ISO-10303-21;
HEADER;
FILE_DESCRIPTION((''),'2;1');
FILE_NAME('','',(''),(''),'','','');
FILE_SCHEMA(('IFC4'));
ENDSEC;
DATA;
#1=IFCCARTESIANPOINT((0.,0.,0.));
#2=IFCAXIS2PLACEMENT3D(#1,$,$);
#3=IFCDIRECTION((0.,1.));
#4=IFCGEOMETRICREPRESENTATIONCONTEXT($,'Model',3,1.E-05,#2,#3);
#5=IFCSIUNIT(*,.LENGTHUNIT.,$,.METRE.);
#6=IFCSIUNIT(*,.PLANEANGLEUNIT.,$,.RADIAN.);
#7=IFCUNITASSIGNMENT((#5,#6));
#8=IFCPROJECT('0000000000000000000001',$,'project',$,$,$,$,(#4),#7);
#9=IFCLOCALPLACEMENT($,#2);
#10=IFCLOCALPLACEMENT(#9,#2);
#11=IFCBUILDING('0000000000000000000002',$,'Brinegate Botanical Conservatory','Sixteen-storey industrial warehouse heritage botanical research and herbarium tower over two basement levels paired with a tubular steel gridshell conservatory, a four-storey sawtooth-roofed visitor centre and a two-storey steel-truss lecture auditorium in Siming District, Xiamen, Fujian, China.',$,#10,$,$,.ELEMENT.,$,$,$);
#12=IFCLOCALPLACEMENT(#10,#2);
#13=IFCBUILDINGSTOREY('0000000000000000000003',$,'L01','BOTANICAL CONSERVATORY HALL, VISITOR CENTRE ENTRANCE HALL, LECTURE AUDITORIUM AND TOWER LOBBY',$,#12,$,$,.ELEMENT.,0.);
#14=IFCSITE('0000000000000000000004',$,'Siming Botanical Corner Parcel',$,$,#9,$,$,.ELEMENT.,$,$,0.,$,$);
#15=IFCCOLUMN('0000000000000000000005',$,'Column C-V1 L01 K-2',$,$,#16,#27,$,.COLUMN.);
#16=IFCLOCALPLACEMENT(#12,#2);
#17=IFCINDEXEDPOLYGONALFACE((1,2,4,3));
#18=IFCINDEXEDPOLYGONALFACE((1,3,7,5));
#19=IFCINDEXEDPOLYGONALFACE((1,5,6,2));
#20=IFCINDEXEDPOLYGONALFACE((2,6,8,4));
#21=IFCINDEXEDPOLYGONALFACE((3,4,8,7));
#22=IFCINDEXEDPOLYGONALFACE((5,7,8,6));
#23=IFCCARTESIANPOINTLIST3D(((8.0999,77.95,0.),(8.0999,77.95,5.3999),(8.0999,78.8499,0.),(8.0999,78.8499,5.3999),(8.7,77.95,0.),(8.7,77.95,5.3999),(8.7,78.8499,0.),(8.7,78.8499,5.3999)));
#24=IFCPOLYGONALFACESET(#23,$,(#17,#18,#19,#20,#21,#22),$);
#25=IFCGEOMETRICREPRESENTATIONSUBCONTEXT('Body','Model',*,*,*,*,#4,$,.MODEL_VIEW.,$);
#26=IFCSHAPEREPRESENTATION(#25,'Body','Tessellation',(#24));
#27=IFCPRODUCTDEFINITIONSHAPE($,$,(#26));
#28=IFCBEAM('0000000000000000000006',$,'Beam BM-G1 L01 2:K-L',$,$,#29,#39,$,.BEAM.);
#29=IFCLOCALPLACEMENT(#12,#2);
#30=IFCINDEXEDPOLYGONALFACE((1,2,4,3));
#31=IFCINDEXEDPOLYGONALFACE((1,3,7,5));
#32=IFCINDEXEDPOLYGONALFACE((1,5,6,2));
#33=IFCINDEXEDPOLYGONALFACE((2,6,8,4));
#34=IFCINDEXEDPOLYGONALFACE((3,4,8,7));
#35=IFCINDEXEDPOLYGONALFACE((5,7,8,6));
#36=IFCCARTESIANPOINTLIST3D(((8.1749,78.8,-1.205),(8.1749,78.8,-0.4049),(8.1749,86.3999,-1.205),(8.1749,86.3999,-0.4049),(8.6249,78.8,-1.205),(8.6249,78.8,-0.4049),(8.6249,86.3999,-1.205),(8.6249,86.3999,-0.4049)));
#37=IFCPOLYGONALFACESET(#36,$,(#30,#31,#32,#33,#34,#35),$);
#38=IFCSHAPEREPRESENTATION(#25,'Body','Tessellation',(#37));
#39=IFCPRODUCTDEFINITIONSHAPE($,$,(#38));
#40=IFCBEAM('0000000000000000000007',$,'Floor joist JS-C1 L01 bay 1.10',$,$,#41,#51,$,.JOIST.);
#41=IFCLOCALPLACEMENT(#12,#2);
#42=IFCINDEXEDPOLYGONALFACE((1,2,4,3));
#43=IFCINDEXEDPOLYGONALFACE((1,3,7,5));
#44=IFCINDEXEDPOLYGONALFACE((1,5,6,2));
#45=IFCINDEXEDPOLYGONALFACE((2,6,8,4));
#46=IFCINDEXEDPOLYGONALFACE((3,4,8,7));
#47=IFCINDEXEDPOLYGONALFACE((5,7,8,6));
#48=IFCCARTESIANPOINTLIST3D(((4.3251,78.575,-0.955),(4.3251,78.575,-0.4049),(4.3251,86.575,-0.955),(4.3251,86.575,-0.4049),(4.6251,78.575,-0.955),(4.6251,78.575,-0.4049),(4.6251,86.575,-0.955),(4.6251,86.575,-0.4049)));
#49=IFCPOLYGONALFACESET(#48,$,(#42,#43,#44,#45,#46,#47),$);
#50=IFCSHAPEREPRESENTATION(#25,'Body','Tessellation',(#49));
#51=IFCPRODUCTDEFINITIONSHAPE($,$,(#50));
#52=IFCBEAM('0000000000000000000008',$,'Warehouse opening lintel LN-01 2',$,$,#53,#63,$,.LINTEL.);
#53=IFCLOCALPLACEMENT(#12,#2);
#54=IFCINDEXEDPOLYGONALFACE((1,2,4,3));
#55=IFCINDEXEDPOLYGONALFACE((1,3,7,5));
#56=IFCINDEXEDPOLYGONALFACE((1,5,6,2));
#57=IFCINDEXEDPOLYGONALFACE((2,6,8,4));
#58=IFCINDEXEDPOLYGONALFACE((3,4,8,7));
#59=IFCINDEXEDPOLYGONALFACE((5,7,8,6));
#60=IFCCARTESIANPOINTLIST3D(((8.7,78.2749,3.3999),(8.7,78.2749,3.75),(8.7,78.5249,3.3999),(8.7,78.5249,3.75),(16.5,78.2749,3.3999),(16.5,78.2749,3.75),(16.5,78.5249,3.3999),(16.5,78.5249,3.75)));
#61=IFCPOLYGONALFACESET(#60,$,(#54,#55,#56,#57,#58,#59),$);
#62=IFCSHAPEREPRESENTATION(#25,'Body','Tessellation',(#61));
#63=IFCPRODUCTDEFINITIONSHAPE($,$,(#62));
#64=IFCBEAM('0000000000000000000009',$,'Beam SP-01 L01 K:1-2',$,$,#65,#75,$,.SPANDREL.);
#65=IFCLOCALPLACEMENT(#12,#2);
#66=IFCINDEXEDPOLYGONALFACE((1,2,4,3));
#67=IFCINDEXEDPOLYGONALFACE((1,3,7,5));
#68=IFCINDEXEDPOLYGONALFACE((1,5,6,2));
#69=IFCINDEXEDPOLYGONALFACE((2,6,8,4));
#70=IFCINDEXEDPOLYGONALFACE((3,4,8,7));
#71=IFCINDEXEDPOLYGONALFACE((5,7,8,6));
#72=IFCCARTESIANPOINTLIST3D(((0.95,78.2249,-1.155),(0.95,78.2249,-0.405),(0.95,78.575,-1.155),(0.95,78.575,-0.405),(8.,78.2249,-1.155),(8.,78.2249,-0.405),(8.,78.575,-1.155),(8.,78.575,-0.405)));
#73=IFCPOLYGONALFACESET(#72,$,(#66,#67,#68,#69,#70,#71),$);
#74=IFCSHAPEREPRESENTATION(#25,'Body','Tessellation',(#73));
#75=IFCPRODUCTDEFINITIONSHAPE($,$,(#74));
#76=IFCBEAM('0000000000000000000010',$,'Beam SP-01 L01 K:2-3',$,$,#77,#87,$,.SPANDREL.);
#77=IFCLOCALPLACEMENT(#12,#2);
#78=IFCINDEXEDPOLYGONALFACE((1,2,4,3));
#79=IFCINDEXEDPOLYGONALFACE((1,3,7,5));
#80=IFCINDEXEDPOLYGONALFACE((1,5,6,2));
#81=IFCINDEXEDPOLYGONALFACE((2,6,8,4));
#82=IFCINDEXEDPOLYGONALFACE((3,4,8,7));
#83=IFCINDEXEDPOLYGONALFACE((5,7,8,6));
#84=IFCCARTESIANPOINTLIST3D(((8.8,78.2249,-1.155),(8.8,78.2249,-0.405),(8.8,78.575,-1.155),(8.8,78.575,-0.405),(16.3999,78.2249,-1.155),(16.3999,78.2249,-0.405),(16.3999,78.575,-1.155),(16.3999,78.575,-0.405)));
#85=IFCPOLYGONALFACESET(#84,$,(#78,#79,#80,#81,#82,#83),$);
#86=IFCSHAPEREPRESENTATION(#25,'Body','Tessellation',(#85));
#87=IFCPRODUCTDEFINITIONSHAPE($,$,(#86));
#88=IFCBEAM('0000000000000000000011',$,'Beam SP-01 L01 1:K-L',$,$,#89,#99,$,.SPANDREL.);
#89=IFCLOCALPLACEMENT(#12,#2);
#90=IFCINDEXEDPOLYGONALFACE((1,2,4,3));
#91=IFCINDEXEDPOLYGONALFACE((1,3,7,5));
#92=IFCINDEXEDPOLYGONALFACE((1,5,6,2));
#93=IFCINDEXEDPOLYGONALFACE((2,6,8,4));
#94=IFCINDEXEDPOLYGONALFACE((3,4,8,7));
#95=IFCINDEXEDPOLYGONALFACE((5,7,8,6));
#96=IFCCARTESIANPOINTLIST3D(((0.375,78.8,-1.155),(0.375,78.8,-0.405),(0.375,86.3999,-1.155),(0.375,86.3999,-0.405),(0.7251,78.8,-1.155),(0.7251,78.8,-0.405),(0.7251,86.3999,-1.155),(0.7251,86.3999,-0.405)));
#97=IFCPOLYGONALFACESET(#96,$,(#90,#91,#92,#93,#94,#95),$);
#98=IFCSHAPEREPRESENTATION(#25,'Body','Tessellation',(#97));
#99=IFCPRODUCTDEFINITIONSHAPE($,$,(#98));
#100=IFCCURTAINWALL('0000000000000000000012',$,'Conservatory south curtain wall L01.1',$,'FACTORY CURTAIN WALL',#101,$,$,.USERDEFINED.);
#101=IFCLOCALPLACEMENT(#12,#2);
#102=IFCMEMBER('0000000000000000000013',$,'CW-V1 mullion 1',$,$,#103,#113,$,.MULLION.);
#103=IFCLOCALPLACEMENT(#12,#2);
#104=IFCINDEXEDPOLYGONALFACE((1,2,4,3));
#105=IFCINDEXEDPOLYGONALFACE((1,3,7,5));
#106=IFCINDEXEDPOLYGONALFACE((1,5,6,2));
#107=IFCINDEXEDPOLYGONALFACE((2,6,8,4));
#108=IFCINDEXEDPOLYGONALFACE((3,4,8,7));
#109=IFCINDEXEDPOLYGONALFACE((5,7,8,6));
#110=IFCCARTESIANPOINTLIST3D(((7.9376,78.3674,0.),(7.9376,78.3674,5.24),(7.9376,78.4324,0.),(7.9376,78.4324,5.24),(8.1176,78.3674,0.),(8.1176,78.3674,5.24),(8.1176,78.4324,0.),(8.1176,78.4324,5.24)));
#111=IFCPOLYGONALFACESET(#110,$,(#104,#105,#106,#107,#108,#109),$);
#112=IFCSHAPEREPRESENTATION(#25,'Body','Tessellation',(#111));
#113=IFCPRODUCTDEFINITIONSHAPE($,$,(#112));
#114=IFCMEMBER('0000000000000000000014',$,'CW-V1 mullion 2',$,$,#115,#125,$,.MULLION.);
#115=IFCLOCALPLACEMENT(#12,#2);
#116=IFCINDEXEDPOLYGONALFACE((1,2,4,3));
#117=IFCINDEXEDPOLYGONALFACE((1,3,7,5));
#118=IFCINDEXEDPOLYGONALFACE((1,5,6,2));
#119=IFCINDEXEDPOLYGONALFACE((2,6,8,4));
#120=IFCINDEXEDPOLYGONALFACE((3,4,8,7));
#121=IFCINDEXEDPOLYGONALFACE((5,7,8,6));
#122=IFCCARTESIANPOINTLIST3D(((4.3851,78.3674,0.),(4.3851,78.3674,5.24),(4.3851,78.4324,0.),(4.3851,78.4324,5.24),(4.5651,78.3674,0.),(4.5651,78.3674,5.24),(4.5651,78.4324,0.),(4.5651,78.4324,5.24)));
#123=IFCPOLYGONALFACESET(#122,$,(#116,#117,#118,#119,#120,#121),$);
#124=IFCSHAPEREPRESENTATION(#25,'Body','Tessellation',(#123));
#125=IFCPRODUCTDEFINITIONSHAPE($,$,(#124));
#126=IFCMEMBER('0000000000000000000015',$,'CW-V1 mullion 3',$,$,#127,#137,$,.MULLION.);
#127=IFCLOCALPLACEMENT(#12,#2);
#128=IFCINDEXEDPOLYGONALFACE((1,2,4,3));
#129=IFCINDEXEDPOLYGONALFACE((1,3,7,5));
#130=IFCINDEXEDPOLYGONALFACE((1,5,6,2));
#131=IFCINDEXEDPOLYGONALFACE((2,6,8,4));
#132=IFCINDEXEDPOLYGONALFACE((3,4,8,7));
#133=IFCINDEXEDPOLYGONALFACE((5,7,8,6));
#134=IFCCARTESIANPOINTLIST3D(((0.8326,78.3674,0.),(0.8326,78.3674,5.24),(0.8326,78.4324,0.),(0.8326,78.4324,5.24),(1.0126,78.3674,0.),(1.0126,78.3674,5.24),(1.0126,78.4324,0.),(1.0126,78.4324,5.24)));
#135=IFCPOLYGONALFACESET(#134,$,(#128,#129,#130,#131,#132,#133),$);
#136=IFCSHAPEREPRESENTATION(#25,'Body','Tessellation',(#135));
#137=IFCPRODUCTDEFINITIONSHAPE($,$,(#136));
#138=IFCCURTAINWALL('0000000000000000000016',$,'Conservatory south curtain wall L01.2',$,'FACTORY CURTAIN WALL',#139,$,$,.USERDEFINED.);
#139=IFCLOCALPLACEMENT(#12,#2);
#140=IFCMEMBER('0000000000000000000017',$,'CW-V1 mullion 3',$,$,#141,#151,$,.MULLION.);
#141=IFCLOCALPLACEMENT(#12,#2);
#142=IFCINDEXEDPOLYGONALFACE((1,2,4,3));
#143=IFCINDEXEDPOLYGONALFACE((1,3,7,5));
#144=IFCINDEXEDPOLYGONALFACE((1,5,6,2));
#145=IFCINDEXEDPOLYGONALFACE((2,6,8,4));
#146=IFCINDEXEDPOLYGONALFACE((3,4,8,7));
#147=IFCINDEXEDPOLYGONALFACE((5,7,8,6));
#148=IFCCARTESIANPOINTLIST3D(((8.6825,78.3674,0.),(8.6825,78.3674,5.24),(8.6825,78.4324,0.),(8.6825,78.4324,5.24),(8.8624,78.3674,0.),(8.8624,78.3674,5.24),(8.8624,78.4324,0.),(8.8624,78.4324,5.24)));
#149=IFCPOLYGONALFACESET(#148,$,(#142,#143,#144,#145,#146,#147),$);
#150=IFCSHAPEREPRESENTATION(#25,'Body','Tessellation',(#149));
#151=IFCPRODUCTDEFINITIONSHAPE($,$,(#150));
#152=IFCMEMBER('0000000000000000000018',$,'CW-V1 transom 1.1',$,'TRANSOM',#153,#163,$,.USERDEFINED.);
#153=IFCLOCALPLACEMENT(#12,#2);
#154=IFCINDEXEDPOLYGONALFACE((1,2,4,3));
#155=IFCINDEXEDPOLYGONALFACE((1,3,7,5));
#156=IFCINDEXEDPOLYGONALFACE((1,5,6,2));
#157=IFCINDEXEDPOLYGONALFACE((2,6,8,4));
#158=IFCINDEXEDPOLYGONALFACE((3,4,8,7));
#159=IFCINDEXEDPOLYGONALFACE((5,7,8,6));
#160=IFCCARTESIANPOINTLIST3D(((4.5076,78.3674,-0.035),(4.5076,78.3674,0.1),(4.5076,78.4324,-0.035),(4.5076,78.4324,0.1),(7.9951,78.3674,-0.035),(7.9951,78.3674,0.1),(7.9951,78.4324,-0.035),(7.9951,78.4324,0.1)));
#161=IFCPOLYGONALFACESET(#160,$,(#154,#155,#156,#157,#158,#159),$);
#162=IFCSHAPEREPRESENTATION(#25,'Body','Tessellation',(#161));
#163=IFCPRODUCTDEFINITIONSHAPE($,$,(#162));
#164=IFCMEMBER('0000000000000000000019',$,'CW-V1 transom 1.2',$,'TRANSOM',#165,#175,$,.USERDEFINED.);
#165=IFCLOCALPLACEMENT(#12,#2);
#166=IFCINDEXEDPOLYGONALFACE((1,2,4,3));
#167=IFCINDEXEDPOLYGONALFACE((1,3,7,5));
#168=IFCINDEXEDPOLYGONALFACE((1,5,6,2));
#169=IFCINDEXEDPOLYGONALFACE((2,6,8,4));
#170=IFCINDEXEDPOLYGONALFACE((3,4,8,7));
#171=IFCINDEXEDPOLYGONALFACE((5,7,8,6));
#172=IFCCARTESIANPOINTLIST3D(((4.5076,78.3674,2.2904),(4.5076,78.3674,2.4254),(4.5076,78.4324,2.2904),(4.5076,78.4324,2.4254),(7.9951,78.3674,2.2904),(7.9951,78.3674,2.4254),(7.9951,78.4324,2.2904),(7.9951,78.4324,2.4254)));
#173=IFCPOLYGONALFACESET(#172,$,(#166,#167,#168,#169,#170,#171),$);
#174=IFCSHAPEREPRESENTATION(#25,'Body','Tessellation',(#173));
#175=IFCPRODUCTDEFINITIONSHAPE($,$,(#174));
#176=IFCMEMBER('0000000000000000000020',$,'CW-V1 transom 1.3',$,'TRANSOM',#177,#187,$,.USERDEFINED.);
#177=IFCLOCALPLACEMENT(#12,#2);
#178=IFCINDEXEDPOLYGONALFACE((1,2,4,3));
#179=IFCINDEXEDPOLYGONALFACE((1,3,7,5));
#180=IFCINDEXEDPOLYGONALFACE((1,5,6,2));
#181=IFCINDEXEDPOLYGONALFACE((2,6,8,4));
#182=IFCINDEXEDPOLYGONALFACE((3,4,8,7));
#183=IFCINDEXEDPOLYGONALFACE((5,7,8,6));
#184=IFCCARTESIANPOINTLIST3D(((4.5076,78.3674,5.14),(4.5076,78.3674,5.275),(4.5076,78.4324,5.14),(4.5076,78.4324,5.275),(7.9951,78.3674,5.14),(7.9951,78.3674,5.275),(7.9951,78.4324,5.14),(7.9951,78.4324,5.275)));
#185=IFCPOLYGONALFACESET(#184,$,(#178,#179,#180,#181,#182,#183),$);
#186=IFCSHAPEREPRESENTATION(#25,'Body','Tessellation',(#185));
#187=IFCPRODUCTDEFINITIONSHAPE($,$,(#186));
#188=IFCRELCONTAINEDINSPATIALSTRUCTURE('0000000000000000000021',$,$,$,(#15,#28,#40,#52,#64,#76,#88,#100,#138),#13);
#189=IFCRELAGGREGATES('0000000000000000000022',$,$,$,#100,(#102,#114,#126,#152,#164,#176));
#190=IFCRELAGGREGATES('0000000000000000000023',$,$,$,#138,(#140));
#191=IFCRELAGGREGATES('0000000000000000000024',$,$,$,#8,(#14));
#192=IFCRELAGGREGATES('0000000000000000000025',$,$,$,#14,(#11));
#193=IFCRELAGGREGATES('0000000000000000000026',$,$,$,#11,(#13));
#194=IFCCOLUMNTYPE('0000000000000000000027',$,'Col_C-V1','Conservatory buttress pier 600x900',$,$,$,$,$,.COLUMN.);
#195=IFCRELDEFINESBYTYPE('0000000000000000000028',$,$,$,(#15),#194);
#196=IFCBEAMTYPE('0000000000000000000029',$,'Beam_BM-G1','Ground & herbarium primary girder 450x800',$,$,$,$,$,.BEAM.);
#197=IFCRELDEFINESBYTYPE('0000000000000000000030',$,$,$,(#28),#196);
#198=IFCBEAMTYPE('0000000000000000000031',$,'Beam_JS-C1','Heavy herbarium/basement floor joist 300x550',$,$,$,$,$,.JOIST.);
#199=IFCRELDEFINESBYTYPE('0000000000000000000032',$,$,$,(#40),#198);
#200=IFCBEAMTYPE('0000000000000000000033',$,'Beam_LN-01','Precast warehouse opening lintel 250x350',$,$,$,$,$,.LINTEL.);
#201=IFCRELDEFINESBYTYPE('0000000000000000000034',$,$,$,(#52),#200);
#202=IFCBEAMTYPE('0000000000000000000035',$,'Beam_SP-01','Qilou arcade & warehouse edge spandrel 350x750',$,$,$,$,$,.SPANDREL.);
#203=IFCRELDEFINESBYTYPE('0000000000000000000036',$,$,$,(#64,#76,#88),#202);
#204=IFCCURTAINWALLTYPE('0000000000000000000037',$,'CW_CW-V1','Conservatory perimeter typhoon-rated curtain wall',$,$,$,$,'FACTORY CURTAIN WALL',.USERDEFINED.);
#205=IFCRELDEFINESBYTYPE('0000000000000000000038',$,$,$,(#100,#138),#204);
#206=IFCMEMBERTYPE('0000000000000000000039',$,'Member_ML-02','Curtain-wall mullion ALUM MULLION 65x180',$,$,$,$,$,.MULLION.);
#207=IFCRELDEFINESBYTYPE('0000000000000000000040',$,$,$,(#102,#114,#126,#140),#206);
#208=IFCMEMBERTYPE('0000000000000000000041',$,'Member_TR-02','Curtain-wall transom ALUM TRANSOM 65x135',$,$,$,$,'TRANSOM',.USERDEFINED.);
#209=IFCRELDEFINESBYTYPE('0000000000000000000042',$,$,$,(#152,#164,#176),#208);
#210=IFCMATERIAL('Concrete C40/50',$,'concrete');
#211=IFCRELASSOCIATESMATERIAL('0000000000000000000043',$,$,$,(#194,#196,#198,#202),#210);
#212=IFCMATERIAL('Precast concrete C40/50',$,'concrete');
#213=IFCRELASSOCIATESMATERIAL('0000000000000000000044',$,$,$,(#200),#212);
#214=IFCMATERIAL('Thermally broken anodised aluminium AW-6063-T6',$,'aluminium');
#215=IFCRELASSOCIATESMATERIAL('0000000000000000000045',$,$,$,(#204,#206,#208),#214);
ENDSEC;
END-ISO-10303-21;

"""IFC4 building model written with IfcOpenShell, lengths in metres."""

from ifc_helpers import new_model, si_unit, direction, frame, origin, origin_2d, place, context, subcontext, project, spatial, rectangle, extrude, material, material_profile, profile_set, type_object, element, aggregate, save


model = new_model("IFC4")

# Units and contexts
model_context = context("Model", 3, precision=1e-05, world=origin(), true_north=direction((0.0, 1.0)))
body_context = subcontext(model_context, "Body", "Model", "MODEL_VIEW")
ifc_project = project(units=[si_unit("LENGTHUNIT", "METRE"), si_unit("PLANEANGLEUNIT", "RADIAN")], contexts=[model_context])

# Site, building, storey
site_placement = place(None, origin())
site = spatial("IfcSite", under=ifc_project, at=site_placement, Name="Siming Botanical Corner Parcel", CompositionType="ELEMENT", RefElevation=0.0)
building_placement = place(site_placement, origin())
building = spatial("IfcBuilding", under=site, at=building_placement, Name="Brinegate Botanical Conservatory", Description="Sixteen-storey industrial warehouse heritage botanical research and herbarium tower over two basement levels paired with a tubular steel gridshell conservatory, a four-storey sawtooth-roofed visitor centre and a two-storey steel-truss lecture auditorium in Siming District, Xiamen, Fujian, China.", CompositionType="ELEMENT")
storey_placement = place(building_placement, origin())
storey = spatial("IfcBuildingStorey", under=building, at=storey_placement, Name="L01", Description="BOTANICAL CONSERVATORY HALL, VISITOR CENTRE ENTRANCE HALL, LECTURE AUDITORIUM AND TOWER LOBBY", CompositionType="ELEMENT", Elevation=0.0)

# Column
ifc_material_1 = material(Name="Concrete C40/50", Category="concrete")
ifc_material_profile_1 = material_profile(ifc_material_1, rectangle(XDim=0.6001, YDim=0.8999, at=origin_2d()), Name="RC PIER 600x900")
ifc_profile_set_1 = profile_set([ifc_material_profile_1], Name="Concrete C40/50")
column_type = type_object("IfcColumnType", Name="Col_C-V1", Description="Conservatory buttress pier 600x900", PredefinedType="COLUMN", material=ifc_profile_set_1)
column_placement = place(storey_placement, frame((8.3999, 78.3999, 0.0), z_axis=(0.0, 0.0, 1.0), x_axis=(1.0, 0.0, 0.0)))
element("IfcColumn", 1, at=column_placement, inside=storey, type_object=column_type, Name="Column C-V1 L01 K-2", PredefinedType="COLUMN", context=body_context, shape_type="SweptSolid", body=[
    extrude(rectangle(XDim=0.6001, YDim=0.8999, at=origin_2d()), origin(), (0.0, 0.0, 1.0), 5.3999),
])

# Beams
ifc_material_profile_2 = material_profile(ifc_material_1, rectangle(XDim=0.45, YDim=0.8, at=origin_2d()), Name="RC BM 450x800")
ifc_profile_set_2 = profile_set([ifc_material_profile_2], Name="Concrete C40/50")
beam_type_1 = type_object("IfcBeamType", Name="Beam_BM-G1", Description="Ground & herbarium primary girder 450x800", PredefinedType="BEAM", material=ifc_profile_set_2)
beam_1_placement = place(storey_placement, frame((8.3999, 78.8, -0.8049), z_axis=(0.0, 1.0, 0.0), x_axis=(-1.0, 0.0, 0.0)))
element("IfcBeam", 2, at=beam_1_placement, inside=storey, type_object=beam_type_1, Name="Beam BM-G1 L01 2:K-L", PredefinedType="BEAM", context=body_context, shape_type="SweptSolid", body=[
    extrude(rectangle(XDim=0.45, YDim=0.8, at=origin_2d()), origin(), (0.0, 0.0, 1.0), 7.5999),
])
ifc_material_profile_3 = material_profile(ifc_material_1, rectangle(XDim=0.3, YDim=0.55, at=origin_2d()), Name="RC JST 300x550")
ifc_profile_set_3 = profile_set([ifc_material_profile_3], Name="Concrete C40/50")
beam_type_2 = type_object("IfcBeamType", Name="Beam_JS-C1", Description="Heavy herbarium/basement floor joist 300x550", PredefinedType="JOIST", material=ifc_profile_set_3)
beam_2_placement = place(storey_placement, frame((4.4751, 78.575, -0.6799), z_axis=(0.0, 1.0, 0.0), x_axis=(-1.0, 0.0, 0.0)))
element("IfcBeam", 3, at=beam_2_placement, inside=storey, type_object=beam_type_2, Name="Floor joist JS-C1 L01 bay 1.10", PredefinedType="JOIST", context=body_context, shape_type="SweptSolid", body=[
    extrude(rectangle(XDim=0.3, YDim=0.55, at=origin_2d()), origin(), (0.0, 0.0, 1.0), 8.0),
])
ifc_material_2 = material(Name="Precast concrete C40/50", Category="concrete")
ifc_material_profile_4 = material_profile(ifc_material_2, rectangle(XDim=0.25, YDim=0.3501, at=origin_2d()), Name="RC LNT 250x350")
ifc_profile_set_4 = profile_set([ifc_material_profile_4], Name="Precast concrete C40/50")
beam_type_3 = type_object("IfcBeamType", Name="Beam_LN-01", Description="Precast warehouse opening lintel 250x350", PredefinedType="LINTEL", material=ifc_profile_set_4)
beam_3_placement = place(storey_placement, frame((8.7, 78.3999, 3.575), z_axis=(1.0, 0.0, 0.0), x_axis=(0.0, 1.0, 0.0)))
element("IfcBeam", 4, at=beam_3_placement, inside=storey, type_object=beam_type_3, Name="Warehouse opening lintel LN-01 2", PredefinedType="LINTEL", context=body_context, shape_type="SweptSolid", body=[
    extrude(rectangle(XDim=0.25, YDim=0.3501, at=origin_2d()), origin(), (0.0, 0.0, 1.0), 7.8),
])
ifc_material_profile_5 = material_profile(ifc_material_1, rectangle(XDim=0.3501, YDim=0.75, at=origin_2d()), Name="RC SPN 350x750")
ifc_profile_set_5 = profile_set([ifc_material_profile_5], Name="Concrete C40/50")
beam_type_4 = type_object("IfcBeamType", Name="Beam_SP-01", Description="Qilou arcade & warehouse edge spandrel 350x750", PredefinedType="SPANDREL", material=ifc_profile_set_5)
beam_4_placement = place(storey_placement, frame((0.95, 78.3999, -0.78), z_axis=(1.0, 0.0, 0.0), x_axis=(0.0, 1.0, 0.0)))
element("IfcBeam", 5, at=beam_4_placement, inside=storey, type_object=beam_type_4, Name="Beam SP-01 L01 K:1-2", PredefinedType="SPANDREL", context=body_context, shape_type="SweptSolid", body=[
    extrude(rectangle(XDim=0.3501, YDim=0.75, at=origin_2d()), origin(), (0.0, 0.0, 1.0), 7.05),
])
for number, where, z_axis, x_axis, name in (
    (6, (8.8, 78.3999, -0.78), (1.0, 0.0, 0.0), (0.0, 1.0, 0.0), "Beam SP-01 L01 K:2-3"),
    (7, (0.55, 78.8, -0.78), (0.0, 1.0, 0.0), (-1.0, 0.0, 0.0), "Beam SP-01 L01 1:K-L"),
):
    element("IfcBeam", number, at=place(storey_placement, frame(where, z_axis=z_axis, x_axis=x_axis)), inside=storey, type_object=beam_type_4, Name=name, PredefinedType="SPANDREL", context=body_context, shape_type="SweptSolid", body=[
        extrude(rectangle(XDim=0.3501, YDim=0.75, at=origin_2d()), origin(), (0.0, 0.0, 1.0), 7.5999),
    ])

# Curtain wall, members
ifc_material_3 = material(Name="Thermally broken anodised aluminium AW-6063-T6", Category="aluminium")
curtain_wall_type = type_object("IfcCurtainWallType", Name="CW_CW-V1", Description="Conservatory perimeter typhoon-rated curtain wall", ElementType="FACTORY CURTAIN WALL", PredefinedType="USERDEFINED", material=ifc_material_3)
curtain_wall_1_placement = place(storey_placement, origin())
curtain_wall_1 = element("IfcCurtainWall", 8, at=curtain_wall_1_placement, inside=storey, type_object=curtain_wall_type, Name="Conservatory south curtain wall L01.1", ObjectType="FACTORY CURTAIN WALL", PredefinedType="USERDEFINED")
ifc_material_profile_6 = material_profile(ifc_material_3, rectangle(XDim=0.0649, YDim=0.1799, at=origin_2d()), Name="ALUM MULLION 65x180")
ifc_profile_set_6 = profile_set([ifc_material_profile_6], Name="Thermally broken anodised aluminium AW-6063-T6")
member_type_1 = type_object("IfcMemberType", Name="Member_ML-02", Description="Curtain-wall mullion ALUM MULLION 65x180", PredefinedType="MULLION", material=ifc_profile_set_6)
member_1_placement = place(storey_placement, frame((8.0276, 78.3999, 0.0), z_axis=(0.0, 0.0, 1.0), x_axis=(0.0, -1.0, 0.0)))
member_1 = element("IfcMember", 9, at=member_1_placement, type_object=member_type_1, Name="CW-V1 mullion 1", PredefinedType="MULLION", context=body_context, shape_type="SweptSolid", body=[
    extrude(rectangle(XDim=0.0649, YDim=0.1799, at=origin_2d()), origin(), (0.0, 0.0, 1.0), 5.24),
])
member_2_placement = place(storey_placement, frame((4.4751, 78.3999, 0.0), z_axis=(0.0, 0.0, 1.0), x_axis=(0.0, -1.0, 0.0)))
member_2 = element("IfcMember", 10, at=member_2_placement, type_object=member_type_1, Name="CW-V1 mullion 2", PredefinedType="MULLION", context=body_context, shape_type="SweptSolid", body=[
    extrude(rectangle(XDim=0.0649, YDim=0.1799, at=origin_2d()), origin(), (0.0, 0.0, 1.0), 5.24),
])
member_3_placement = place(storey_placement, frame((0.9226, 78.3999, 0.0), z_axis=(0.0, 0.0, 1.0), x_axis=(0.0, -1.0, 0.0)))
member_3 = element("IfcMember", 11, at=member_3_placement, type_object=member_type_1, Name="CW-V1 mullion 3", PredefinedType="MULLION", context=body_context, shape_type="SweptSolid", body=[
    extrude(rectangle(XDim=0.0649, YDim=0.1799, at=origin_2d()), origin(), (0.0, 0.0, 1.0), 5.24),
])

# Curtain wall, member
curtain_wall_2_placement = place(storey_placement, origin())
curtain_wall_2 = element("IfcCurtainWall", 12, at=curtain_wall_2_placement, inside=storey, type_object=curtain_wall_type, Name="Conservatory south curtain wall L01.2", ObjectType="FACTORY CURTAIN WALL", PredefinedType="USERDEFINED")
member_4_placement = place(storey_placement, frame((8.7725, 78.3999, 0.0), z_axis=(0.0, 0.0, 1.0), x_axis=(0.0, -1.0, 0.0)))
member_4 = element("IfcMember", 13, at=member_4_placement, type_object=member_type_1, Name="CW-V1 mullion 3", PredefinedType="MULLION", context=body_context, shape_type="SweptSolid", body=[
    extrude(rectangle(XDim=0.0649, YDim=0.1799, at=origin_2d()), origin(), (0.0, 0.0, 1.0), 5.24),
])

# Members
ifc_material_profile_7 = material_profile(ifc_material_3, rectangle(XDim=0.0649, YDim=0.135, at=origin_2d()), Name="ALUM TRANSOM 65x135")
ifc_profile_set_7 = profile_set([ifc_material_profile_7], Name="Thermally broken anodised aluminium AW-6063-T6")
member_type_2 = type_object("IfcMemberType", Name="Member_TR-02", Description="Curtain-wall transom ALUM TRANSOM 65x135", ElementType="TRANSOM", PredefinedType="USERDEFINED", material=ifc_profile_set_7)
member_5_placement = place(storey_placement, frame((7.9951, 78.3999, 0.0325), z_axis=(-1.0, 0.0, 0.0), x_axis=(0.0, -1.0, 0.0)))
member_5 = element("IfcMember", 14, at=member_5_placement, type_object=member_type_2, Name="CW-V1 transom 1.1", ObjectType="TRANSOM", PredefinedType="USERDEFINED", context=body_context, shape_type="SweptSolid", body=[
    extrude(rectangle(XDim=0.0649, YDim=0.135, at=origin_2d()), origin(), (0.0, 0.0, 1.0), 3.4875),
])
member_6_placement = place(storey_placement, frame((7.9951, 78.3999, 2.3579), z_axis=(-1.0, 0.0, 0.0), x_axis=(0.0, -1.0, 0.0)))
member_6 = element("IfcMember", 15, at=member_6_placement, type_object=member_type_2, Name="CW-V1 transom 1.2", ObjectType="TRANSOM", PredefinedType="USERDEFINED", context=body_context, shape_type="SweptSolid", body=[
    extrude(rectangle(XDim=0.0649, YDim=0.135, at=origin_2d()), origin(), (0.0, 0.0, 1.0), 3.4875),
])
member_7_placement = place(storey_placement, frame((7.9951, 78.3999, 5.2075), z_axis=(-1.0, 0.0, 0.0), x_axis=(0.0, -1.0, 0.0)))
member_7 = element("IfcMember", 16, at=member_7_placement, type_object=member_type_2, Name="CW-V1 transom 1.3", ObjectType="TRANSOM", PredefinedType="USERDEFINED", context=body_context, shape_type="SweptSolid", body=[
    extrude(rectangle(XDim=0.0649, YDim=0.135, at=origin_2d()), origin(), (0.0, 0.0, 1.0), 3.4875),
])

aggregate(curtain_wall_1, [member_1, member_2, member_3, member_5, member_6, member_7])
aggregate(curtain_wall_2, [member_4])

save(model, "model.ifc")
